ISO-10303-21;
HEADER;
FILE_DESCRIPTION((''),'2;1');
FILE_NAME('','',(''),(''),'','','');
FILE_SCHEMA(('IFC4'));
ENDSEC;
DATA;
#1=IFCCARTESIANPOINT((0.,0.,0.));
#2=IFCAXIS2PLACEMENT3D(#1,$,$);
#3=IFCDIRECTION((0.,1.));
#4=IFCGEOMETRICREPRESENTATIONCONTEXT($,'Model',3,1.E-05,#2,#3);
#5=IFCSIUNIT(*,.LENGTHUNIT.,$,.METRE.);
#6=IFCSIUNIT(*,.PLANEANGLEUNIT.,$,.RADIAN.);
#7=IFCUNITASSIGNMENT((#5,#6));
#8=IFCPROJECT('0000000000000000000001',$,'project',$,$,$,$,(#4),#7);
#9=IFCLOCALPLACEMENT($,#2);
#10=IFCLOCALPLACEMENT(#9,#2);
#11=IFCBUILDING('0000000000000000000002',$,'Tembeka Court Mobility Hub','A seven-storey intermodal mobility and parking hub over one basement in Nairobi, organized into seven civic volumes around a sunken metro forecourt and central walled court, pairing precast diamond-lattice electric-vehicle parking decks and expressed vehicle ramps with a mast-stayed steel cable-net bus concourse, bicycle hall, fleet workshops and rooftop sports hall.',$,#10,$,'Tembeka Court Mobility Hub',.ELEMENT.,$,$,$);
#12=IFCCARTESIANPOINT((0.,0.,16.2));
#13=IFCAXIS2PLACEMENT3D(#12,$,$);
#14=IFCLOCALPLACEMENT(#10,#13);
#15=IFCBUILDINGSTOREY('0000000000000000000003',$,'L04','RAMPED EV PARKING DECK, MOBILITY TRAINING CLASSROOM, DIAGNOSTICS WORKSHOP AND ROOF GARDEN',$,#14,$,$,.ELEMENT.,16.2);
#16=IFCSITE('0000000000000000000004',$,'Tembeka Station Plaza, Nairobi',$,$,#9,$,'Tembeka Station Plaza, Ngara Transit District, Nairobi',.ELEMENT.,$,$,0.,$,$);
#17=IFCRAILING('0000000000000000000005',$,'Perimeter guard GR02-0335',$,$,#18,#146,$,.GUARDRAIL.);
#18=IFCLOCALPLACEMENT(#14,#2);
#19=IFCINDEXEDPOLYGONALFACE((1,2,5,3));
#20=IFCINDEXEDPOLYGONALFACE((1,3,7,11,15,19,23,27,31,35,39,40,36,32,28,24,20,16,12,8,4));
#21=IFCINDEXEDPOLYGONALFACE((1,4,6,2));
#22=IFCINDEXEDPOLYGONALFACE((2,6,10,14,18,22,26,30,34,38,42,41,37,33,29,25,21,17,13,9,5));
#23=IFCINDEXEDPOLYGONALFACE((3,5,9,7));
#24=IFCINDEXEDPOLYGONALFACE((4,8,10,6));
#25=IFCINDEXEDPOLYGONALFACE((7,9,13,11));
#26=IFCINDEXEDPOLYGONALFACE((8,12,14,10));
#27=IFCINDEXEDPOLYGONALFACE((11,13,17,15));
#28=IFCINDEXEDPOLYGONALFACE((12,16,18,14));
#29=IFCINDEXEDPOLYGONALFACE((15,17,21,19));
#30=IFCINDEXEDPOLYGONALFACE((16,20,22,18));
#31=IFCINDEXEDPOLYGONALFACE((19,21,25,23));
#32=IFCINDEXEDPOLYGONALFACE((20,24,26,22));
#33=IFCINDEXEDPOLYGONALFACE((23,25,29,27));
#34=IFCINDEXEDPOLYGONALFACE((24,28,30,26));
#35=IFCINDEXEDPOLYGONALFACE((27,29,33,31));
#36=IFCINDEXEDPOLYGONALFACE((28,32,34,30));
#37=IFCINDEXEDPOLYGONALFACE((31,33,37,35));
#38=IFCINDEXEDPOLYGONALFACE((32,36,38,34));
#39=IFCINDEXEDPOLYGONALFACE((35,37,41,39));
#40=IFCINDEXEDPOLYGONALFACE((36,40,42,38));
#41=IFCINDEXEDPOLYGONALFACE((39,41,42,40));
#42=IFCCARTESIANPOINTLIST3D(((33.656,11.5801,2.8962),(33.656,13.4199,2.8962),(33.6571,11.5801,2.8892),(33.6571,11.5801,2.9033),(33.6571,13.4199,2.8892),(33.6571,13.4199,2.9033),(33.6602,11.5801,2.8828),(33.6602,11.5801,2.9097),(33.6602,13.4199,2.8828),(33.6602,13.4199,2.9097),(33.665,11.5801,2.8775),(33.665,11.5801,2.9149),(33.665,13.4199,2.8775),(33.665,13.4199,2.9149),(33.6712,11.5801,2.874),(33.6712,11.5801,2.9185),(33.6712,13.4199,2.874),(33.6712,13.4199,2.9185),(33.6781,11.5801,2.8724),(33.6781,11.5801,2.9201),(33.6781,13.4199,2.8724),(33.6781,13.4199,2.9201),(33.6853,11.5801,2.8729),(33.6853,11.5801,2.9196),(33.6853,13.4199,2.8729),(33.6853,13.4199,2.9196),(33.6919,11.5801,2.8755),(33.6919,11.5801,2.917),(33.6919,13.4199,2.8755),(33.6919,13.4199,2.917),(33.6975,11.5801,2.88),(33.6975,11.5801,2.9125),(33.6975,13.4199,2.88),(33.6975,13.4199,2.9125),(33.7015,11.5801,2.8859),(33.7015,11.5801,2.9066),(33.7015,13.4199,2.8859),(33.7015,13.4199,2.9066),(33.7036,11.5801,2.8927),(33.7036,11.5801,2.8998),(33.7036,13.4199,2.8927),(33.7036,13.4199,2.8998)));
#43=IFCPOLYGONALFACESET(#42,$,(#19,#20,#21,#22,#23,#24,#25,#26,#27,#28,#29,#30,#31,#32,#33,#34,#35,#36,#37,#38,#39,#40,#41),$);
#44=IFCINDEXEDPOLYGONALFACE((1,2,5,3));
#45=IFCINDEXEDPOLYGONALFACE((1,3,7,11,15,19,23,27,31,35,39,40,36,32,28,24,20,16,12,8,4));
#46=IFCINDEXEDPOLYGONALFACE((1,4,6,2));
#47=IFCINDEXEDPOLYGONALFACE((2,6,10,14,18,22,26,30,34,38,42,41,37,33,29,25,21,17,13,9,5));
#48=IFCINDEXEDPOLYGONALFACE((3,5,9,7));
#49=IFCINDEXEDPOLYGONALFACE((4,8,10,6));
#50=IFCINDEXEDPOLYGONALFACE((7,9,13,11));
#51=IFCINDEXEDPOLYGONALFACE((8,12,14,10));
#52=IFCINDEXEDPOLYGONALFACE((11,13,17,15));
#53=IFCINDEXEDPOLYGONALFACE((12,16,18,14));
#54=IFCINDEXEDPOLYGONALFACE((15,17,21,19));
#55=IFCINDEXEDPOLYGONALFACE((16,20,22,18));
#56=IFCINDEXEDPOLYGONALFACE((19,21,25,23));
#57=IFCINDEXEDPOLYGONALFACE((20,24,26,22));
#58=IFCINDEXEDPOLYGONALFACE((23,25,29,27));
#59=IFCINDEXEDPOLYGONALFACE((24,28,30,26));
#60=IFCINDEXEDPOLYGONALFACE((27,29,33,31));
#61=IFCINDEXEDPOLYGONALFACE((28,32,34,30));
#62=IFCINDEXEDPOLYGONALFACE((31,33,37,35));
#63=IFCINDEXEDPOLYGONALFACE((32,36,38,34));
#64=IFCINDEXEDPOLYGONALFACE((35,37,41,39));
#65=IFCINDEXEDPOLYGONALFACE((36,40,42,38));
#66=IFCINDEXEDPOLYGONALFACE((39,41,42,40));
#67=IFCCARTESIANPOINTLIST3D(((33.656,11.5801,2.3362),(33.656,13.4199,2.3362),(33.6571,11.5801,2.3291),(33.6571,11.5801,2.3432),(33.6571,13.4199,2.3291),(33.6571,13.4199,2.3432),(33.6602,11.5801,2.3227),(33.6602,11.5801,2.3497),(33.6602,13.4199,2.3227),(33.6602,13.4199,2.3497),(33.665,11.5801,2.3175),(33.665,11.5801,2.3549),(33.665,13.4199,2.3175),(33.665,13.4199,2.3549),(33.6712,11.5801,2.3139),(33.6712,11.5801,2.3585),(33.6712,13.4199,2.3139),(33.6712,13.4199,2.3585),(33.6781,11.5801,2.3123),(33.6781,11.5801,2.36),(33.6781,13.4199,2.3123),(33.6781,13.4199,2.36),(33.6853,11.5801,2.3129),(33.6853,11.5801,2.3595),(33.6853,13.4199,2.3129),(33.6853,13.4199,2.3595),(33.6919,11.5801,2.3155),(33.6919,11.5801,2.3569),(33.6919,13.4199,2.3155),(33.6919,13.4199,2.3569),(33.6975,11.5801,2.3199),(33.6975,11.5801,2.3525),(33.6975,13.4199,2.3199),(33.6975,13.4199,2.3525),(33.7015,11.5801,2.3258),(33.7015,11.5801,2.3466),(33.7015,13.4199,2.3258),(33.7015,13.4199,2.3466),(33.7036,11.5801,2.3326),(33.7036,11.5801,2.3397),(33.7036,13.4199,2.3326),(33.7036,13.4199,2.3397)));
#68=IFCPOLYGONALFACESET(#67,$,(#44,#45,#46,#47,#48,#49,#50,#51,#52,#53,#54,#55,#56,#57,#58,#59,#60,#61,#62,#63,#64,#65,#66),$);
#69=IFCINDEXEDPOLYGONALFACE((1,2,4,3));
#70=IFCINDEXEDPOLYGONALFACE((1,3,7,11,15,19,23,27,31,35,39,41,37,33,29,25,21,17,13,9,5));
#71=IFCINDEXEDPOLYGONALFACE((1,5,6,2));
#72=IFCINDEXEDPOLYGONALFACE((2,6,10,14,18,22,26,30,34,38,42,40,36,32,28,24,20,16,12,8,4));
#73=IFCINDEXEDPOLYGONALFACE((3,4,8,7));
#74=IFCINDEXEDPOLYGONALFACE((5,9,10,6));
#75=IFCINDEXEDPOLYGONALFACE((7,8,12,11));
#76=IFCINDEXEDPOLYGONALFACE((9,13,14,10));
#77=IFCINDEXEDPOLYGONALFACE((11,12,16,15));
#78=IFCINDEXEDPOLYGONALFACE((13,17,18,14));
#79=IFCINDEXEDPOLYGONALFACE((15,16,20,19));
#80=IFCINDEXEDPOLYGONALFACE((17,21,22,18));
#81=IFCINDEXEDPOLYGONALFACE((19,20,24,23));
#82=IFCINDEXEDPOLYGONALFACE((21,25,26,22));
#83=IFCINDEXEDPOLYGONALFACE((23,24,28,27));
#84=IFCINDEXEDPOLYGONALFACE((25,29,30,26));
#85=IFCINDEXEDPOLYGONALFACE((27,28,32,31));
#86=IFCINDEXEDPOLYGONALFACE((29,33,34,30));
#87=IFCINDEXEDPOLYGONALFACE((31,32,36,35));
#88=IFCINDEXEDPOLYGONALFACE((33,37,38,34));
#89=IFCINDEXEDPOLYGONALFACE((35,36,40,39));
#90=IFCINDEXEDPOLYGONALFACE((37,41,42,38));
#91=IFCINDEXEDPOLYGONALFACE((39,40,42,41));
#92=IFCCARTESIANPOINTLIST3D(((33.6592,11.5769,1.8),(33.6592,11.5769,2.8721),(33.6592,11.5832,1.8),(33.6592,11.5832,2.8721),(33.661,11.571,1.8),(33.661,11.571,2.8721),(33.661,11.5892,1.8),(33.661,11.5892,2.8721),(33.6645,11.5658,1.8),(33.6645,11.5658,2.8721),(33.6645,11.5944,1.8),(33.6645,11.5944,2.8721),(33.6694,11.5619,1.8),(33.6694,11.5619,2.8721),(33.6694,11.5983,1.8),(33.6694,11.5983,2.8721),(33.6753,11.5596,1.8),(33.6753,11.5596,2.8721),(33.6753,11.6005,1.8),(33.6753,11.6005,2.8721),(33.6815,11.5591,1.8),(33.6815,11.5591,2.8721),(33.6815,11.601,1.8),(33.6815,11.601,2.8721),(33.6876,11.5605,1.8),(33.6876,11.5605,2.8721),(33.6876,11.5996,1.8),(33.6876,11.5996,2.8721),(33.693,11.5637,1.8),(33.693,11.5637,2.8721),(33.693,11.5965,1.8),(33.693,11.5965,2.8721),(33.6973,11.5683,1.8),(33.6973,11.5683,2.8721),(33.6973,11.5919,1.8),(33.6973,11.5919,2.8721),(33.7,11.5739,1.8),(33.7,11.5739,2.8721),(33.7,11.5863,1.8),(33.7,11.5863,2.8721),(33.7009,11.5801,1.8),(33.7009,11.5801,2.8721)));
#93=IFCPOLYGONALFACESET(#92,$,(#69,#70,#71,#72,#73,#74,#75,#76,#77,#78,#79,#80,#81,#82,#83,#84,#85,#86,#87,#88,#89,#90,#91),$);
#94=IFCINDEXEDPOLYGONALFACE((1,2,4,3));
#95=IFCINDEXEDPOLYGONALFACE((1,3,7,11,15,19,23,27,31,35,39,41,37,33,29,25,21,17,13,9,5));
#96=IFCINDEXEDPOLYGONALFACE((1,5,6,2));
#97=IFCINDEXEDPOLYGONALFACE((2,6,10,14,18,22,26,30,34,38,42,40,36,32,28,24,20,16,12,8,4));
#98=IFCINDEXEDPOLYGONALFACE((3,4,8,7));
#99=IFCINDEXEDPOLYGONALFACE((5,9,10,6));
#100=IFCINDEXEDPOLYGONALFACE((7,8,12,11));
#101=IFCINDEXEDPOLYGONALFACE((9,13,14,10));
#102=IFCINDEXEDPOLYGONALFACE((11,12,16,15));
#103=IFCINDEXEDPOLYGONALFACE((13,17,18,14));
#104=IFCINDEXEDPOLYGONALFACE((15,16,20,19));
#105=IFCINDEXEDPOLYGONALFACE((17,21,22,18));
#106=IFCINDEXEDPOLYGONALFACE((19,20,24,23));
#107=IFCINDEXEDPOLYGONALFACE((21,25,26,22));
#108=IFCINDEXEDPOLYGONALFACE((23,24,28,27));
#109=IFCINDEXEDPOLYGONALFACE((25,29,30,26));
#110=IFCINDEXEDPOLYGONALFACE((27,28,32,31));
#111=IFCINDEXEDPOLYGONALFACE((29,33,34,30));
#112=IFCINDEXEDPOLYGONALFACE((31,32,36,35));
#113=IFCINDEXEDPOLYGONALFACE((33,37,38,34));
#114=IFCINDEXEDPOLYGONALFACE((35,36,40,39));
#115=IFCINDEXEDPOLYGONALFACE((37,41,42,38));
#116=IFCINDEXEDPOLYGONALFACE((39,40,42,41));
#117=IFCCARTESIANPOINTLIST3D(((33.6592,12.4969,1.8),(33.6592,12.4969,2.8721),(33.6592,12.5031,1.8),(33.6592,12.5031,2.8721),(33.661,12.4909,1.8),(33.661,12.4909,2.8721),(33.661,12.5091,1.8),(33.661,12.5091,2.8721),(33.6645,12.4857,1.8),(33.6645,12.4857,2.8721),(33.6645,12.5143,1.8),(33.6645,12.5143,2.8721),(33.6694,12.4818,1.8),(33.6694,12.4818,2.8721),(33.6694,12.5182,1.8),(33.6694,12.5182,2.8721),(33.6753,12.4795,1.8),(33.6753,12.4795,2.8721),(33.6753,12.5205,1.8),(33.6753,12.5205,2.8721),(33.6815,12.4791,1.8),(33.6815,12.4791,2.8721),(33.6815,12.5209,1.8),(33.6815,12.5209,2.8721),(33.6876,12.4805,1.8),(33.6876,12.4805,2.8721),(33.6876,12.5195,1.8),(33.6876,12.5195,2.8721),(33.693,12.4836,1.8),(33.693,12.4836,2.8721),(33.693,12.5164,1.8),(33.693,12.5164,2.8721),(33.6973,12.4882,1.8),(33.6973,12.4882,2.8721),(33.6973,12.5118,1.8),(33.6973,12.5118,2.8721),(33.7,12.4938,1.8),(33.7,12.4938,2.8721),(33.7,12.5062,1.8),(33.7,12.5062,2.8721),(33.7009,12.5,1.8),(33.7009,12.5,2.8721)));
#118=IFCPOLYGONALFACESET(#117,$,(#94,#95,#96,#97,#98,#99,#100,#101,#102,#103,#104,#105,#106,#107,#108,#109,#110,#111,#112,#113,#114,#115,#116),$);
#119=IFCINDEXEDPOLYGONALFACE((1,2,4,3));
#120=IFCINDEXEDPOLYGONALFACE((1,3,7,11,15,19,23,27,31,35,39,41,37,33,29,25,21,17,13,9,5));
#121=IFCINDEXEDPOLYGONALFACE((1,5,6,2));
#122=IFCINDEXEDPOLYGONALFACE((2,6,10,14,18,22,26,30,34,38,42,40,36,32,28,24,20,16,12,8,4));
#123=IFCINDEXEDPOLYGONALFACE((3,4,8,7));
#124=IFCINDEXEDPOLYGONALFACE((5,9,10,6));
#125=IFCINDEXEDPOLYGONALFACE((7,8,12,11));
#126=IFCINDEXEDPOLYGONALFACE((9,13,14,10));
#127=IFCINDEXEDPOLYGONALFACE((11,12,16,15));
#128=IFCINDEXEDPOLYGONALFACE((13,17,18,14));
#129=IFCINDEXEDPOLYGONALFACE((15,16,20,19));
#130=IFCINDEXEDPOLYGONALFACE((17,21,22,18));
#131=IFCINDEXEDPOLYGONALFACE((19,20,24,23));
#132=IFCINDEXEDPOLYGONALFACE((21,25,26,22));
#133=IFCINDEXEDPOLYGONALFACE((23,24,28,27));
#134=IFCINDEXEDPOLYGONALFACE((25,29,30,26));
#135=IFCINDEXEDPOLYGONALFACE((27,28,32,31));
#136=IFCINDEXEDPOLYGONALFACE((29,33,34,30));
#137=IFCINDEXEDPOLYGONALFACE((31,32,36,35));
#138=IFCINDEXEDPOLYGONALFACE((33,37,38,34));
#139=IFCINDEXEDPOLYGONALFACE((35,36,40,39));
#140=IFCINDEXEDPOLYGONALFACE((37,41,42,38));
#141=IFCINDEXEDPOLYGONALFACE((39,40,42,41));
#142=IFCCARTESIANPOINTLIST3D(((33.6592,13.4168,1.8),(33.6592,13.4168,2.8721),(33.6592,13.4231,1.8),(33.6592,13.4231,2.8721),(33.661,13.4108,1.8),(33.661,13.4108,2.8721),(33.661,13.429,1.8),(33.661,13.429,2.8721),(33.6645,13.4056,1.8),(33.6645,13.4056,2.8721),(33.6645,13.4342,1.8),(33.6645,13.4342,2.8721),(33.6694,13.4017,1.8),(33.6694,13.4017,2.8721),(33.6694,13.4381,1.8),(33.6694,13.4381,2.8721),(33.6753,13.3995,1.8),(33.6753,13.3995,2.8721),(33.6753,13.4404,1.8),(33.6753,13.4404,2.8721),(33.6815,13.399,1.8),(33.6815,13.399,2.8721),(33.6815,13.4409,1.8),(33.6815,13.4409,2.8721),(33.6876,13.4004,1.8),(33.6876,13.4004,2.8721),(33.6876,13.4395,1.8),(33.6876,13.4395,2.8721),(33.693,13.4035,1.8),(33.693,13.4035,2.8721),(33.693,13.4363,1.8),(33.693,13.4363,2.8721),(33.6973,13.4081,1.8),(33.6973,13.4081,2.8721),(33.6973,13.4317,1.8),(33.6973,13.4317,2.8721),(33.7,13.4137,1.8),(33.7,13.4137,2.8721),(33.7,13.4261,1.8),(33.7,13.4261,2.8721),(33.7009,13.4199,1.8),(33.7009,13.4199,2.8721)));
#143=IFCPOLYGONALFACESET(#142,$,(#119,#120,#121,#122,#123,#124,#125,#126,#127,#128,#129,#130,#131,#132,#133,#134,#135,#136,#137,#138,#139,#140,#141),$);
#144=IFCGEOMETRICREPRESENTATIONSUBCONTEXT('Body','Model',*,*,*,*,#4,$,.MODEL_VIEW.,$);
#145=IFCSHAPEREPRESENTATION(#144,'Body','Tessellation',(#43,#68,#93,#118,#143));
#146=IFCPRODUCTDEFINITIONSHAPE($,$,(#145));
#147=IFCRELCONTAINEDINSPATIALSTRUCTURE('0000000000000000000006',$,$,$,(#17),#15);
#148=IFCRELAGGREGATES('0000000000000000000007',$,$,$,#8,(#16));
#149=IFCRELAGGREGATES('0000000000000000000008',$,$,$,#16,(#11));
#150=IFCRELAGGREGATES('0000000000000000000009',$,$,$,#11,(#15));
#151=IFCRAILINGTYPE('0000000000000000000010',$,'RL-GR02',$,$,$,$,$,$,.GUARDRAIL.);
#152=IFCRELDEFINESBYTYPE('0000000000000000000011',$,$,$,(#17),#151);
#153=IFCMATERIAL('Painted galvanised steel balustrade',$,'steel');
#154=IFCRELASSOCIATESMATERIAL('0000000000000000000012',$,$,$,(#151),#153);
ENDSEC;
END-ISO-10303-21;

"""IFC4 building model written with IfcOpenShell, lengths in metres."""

from ifc_helpers import new_model, si_unit, direction, frame, origin, origin_2d, place, context, subcontext, project, spatial, circle, extrude, material, type_object, element, save


model = new_model("IFC4")

# Units and contexts
model_context = context("Model", 3, precision=1e-05, world=origin(), true_north=direction((0.0, 1.0)))
body_context = subcontext(model_context, "Body", "Model", "MODEL_VIEW")
ifc_project = project(units=[si_unit("LENGTHUNIT", "METRE"), si_unit("PLANEANGLEUNIT", "RADIAN")], contexts=[model_context])

# Site, building, storey
site_placement = place(None, origin())
site = spatial("IfcSite", under=ifc_project, at=site_placement, Name="Tembeka Station Plaza, Nairobi", LongName="Tembeka Station Plaza, Ngara Transit District, Nairobi", CompositionType="ELEMENT", RefElevation=0.0)
building_placement = place(site_placement, origin())
building = spatial("IfcBuilding", under=site, at=building_placement, Name="Tembeka Court Mobility Hub", Description="A seven-storey intermodal mobility and parking hub over one basement in Nairobi, organized into seven civic volumes around a sunken metro forecourt and central walled court, pairing precast diamond-lattice electric-vehicle parking decks and expressed vehicle ramps with a mast-stayed steel cable-net bus concourse, bicycle hall, fleet workshops and rooftop sports hall.", LongName="Tembeka Court Mobility Hub", CompositionType="ELEMENT")
storey_placement = place(building_placement, frame((0.0, 0.0, 16.2)))
storey = spatial("IfcBuildingStorey", under=building, at=storey_placement, Name="L04", Description="RAMPED EV PARKING DECK, MOBILITY TRAINING CLASSROOM, DIAGNOSTICS WORKSHOP AND ROOF GARDEN", CompositionType="ELEMENT", Elevation=16.2)

# Railing
ifc_material_1 = material(Name="Painted galvanised steel balustrade", Category="steel")
railing_type = type_object("IfcRailingType", Name="RL-GR02", PredefinedType="GUARDRAIL", material=ifc_material_1)
railing_1_placement = place(storey_placement, frame((33.6799, 11.5801, 1.8)))
element("IfcRailing", 1, at=railing_1_placement, inside=storey, type_object=railing_type, Name="Perimeter guard GR02-0335", PredefinedType="GUARDRAIL", context=body_context, shape_type="SweptSolid", body=[
    extrude(circle(Radius=0.0239, at=origin_2d()), frame((0.0, 0.0, 1.0962), z_axis=(0.0, 1.0, 0.0), x_axis=(-1.0, 0.0, 0.0)), (0.0, 0.0, 1.0), 1.8398),
    extrude(circle(Radius=0.0239, at=origin_2d()), frame((0.0, 0.0, 0.5361), z_axis=(0.0, 1.0, 0.0), x_axis=(-1.0, 0.0, 0.0)), (0.0, 0.0, 1.0), 1.8398),
    extrude(circle(Radius=0.021, at=origin_2d()), origin(), (0.0, 0.0, 1.0), 1.072),
    extrude(circle(Radius=0.021, at=origin_2d()), frame((0.0, 0.9199, 0.0)), (0.0, 0.0, 1.0), 1.072),
    extrude(circle(Radius=0.021, at=origin_2d()), frame((0.0, 1.8398, 0.0)), (0.0, 0.0, 1.0), 1.072),
])

save(model, "model.ifc")
